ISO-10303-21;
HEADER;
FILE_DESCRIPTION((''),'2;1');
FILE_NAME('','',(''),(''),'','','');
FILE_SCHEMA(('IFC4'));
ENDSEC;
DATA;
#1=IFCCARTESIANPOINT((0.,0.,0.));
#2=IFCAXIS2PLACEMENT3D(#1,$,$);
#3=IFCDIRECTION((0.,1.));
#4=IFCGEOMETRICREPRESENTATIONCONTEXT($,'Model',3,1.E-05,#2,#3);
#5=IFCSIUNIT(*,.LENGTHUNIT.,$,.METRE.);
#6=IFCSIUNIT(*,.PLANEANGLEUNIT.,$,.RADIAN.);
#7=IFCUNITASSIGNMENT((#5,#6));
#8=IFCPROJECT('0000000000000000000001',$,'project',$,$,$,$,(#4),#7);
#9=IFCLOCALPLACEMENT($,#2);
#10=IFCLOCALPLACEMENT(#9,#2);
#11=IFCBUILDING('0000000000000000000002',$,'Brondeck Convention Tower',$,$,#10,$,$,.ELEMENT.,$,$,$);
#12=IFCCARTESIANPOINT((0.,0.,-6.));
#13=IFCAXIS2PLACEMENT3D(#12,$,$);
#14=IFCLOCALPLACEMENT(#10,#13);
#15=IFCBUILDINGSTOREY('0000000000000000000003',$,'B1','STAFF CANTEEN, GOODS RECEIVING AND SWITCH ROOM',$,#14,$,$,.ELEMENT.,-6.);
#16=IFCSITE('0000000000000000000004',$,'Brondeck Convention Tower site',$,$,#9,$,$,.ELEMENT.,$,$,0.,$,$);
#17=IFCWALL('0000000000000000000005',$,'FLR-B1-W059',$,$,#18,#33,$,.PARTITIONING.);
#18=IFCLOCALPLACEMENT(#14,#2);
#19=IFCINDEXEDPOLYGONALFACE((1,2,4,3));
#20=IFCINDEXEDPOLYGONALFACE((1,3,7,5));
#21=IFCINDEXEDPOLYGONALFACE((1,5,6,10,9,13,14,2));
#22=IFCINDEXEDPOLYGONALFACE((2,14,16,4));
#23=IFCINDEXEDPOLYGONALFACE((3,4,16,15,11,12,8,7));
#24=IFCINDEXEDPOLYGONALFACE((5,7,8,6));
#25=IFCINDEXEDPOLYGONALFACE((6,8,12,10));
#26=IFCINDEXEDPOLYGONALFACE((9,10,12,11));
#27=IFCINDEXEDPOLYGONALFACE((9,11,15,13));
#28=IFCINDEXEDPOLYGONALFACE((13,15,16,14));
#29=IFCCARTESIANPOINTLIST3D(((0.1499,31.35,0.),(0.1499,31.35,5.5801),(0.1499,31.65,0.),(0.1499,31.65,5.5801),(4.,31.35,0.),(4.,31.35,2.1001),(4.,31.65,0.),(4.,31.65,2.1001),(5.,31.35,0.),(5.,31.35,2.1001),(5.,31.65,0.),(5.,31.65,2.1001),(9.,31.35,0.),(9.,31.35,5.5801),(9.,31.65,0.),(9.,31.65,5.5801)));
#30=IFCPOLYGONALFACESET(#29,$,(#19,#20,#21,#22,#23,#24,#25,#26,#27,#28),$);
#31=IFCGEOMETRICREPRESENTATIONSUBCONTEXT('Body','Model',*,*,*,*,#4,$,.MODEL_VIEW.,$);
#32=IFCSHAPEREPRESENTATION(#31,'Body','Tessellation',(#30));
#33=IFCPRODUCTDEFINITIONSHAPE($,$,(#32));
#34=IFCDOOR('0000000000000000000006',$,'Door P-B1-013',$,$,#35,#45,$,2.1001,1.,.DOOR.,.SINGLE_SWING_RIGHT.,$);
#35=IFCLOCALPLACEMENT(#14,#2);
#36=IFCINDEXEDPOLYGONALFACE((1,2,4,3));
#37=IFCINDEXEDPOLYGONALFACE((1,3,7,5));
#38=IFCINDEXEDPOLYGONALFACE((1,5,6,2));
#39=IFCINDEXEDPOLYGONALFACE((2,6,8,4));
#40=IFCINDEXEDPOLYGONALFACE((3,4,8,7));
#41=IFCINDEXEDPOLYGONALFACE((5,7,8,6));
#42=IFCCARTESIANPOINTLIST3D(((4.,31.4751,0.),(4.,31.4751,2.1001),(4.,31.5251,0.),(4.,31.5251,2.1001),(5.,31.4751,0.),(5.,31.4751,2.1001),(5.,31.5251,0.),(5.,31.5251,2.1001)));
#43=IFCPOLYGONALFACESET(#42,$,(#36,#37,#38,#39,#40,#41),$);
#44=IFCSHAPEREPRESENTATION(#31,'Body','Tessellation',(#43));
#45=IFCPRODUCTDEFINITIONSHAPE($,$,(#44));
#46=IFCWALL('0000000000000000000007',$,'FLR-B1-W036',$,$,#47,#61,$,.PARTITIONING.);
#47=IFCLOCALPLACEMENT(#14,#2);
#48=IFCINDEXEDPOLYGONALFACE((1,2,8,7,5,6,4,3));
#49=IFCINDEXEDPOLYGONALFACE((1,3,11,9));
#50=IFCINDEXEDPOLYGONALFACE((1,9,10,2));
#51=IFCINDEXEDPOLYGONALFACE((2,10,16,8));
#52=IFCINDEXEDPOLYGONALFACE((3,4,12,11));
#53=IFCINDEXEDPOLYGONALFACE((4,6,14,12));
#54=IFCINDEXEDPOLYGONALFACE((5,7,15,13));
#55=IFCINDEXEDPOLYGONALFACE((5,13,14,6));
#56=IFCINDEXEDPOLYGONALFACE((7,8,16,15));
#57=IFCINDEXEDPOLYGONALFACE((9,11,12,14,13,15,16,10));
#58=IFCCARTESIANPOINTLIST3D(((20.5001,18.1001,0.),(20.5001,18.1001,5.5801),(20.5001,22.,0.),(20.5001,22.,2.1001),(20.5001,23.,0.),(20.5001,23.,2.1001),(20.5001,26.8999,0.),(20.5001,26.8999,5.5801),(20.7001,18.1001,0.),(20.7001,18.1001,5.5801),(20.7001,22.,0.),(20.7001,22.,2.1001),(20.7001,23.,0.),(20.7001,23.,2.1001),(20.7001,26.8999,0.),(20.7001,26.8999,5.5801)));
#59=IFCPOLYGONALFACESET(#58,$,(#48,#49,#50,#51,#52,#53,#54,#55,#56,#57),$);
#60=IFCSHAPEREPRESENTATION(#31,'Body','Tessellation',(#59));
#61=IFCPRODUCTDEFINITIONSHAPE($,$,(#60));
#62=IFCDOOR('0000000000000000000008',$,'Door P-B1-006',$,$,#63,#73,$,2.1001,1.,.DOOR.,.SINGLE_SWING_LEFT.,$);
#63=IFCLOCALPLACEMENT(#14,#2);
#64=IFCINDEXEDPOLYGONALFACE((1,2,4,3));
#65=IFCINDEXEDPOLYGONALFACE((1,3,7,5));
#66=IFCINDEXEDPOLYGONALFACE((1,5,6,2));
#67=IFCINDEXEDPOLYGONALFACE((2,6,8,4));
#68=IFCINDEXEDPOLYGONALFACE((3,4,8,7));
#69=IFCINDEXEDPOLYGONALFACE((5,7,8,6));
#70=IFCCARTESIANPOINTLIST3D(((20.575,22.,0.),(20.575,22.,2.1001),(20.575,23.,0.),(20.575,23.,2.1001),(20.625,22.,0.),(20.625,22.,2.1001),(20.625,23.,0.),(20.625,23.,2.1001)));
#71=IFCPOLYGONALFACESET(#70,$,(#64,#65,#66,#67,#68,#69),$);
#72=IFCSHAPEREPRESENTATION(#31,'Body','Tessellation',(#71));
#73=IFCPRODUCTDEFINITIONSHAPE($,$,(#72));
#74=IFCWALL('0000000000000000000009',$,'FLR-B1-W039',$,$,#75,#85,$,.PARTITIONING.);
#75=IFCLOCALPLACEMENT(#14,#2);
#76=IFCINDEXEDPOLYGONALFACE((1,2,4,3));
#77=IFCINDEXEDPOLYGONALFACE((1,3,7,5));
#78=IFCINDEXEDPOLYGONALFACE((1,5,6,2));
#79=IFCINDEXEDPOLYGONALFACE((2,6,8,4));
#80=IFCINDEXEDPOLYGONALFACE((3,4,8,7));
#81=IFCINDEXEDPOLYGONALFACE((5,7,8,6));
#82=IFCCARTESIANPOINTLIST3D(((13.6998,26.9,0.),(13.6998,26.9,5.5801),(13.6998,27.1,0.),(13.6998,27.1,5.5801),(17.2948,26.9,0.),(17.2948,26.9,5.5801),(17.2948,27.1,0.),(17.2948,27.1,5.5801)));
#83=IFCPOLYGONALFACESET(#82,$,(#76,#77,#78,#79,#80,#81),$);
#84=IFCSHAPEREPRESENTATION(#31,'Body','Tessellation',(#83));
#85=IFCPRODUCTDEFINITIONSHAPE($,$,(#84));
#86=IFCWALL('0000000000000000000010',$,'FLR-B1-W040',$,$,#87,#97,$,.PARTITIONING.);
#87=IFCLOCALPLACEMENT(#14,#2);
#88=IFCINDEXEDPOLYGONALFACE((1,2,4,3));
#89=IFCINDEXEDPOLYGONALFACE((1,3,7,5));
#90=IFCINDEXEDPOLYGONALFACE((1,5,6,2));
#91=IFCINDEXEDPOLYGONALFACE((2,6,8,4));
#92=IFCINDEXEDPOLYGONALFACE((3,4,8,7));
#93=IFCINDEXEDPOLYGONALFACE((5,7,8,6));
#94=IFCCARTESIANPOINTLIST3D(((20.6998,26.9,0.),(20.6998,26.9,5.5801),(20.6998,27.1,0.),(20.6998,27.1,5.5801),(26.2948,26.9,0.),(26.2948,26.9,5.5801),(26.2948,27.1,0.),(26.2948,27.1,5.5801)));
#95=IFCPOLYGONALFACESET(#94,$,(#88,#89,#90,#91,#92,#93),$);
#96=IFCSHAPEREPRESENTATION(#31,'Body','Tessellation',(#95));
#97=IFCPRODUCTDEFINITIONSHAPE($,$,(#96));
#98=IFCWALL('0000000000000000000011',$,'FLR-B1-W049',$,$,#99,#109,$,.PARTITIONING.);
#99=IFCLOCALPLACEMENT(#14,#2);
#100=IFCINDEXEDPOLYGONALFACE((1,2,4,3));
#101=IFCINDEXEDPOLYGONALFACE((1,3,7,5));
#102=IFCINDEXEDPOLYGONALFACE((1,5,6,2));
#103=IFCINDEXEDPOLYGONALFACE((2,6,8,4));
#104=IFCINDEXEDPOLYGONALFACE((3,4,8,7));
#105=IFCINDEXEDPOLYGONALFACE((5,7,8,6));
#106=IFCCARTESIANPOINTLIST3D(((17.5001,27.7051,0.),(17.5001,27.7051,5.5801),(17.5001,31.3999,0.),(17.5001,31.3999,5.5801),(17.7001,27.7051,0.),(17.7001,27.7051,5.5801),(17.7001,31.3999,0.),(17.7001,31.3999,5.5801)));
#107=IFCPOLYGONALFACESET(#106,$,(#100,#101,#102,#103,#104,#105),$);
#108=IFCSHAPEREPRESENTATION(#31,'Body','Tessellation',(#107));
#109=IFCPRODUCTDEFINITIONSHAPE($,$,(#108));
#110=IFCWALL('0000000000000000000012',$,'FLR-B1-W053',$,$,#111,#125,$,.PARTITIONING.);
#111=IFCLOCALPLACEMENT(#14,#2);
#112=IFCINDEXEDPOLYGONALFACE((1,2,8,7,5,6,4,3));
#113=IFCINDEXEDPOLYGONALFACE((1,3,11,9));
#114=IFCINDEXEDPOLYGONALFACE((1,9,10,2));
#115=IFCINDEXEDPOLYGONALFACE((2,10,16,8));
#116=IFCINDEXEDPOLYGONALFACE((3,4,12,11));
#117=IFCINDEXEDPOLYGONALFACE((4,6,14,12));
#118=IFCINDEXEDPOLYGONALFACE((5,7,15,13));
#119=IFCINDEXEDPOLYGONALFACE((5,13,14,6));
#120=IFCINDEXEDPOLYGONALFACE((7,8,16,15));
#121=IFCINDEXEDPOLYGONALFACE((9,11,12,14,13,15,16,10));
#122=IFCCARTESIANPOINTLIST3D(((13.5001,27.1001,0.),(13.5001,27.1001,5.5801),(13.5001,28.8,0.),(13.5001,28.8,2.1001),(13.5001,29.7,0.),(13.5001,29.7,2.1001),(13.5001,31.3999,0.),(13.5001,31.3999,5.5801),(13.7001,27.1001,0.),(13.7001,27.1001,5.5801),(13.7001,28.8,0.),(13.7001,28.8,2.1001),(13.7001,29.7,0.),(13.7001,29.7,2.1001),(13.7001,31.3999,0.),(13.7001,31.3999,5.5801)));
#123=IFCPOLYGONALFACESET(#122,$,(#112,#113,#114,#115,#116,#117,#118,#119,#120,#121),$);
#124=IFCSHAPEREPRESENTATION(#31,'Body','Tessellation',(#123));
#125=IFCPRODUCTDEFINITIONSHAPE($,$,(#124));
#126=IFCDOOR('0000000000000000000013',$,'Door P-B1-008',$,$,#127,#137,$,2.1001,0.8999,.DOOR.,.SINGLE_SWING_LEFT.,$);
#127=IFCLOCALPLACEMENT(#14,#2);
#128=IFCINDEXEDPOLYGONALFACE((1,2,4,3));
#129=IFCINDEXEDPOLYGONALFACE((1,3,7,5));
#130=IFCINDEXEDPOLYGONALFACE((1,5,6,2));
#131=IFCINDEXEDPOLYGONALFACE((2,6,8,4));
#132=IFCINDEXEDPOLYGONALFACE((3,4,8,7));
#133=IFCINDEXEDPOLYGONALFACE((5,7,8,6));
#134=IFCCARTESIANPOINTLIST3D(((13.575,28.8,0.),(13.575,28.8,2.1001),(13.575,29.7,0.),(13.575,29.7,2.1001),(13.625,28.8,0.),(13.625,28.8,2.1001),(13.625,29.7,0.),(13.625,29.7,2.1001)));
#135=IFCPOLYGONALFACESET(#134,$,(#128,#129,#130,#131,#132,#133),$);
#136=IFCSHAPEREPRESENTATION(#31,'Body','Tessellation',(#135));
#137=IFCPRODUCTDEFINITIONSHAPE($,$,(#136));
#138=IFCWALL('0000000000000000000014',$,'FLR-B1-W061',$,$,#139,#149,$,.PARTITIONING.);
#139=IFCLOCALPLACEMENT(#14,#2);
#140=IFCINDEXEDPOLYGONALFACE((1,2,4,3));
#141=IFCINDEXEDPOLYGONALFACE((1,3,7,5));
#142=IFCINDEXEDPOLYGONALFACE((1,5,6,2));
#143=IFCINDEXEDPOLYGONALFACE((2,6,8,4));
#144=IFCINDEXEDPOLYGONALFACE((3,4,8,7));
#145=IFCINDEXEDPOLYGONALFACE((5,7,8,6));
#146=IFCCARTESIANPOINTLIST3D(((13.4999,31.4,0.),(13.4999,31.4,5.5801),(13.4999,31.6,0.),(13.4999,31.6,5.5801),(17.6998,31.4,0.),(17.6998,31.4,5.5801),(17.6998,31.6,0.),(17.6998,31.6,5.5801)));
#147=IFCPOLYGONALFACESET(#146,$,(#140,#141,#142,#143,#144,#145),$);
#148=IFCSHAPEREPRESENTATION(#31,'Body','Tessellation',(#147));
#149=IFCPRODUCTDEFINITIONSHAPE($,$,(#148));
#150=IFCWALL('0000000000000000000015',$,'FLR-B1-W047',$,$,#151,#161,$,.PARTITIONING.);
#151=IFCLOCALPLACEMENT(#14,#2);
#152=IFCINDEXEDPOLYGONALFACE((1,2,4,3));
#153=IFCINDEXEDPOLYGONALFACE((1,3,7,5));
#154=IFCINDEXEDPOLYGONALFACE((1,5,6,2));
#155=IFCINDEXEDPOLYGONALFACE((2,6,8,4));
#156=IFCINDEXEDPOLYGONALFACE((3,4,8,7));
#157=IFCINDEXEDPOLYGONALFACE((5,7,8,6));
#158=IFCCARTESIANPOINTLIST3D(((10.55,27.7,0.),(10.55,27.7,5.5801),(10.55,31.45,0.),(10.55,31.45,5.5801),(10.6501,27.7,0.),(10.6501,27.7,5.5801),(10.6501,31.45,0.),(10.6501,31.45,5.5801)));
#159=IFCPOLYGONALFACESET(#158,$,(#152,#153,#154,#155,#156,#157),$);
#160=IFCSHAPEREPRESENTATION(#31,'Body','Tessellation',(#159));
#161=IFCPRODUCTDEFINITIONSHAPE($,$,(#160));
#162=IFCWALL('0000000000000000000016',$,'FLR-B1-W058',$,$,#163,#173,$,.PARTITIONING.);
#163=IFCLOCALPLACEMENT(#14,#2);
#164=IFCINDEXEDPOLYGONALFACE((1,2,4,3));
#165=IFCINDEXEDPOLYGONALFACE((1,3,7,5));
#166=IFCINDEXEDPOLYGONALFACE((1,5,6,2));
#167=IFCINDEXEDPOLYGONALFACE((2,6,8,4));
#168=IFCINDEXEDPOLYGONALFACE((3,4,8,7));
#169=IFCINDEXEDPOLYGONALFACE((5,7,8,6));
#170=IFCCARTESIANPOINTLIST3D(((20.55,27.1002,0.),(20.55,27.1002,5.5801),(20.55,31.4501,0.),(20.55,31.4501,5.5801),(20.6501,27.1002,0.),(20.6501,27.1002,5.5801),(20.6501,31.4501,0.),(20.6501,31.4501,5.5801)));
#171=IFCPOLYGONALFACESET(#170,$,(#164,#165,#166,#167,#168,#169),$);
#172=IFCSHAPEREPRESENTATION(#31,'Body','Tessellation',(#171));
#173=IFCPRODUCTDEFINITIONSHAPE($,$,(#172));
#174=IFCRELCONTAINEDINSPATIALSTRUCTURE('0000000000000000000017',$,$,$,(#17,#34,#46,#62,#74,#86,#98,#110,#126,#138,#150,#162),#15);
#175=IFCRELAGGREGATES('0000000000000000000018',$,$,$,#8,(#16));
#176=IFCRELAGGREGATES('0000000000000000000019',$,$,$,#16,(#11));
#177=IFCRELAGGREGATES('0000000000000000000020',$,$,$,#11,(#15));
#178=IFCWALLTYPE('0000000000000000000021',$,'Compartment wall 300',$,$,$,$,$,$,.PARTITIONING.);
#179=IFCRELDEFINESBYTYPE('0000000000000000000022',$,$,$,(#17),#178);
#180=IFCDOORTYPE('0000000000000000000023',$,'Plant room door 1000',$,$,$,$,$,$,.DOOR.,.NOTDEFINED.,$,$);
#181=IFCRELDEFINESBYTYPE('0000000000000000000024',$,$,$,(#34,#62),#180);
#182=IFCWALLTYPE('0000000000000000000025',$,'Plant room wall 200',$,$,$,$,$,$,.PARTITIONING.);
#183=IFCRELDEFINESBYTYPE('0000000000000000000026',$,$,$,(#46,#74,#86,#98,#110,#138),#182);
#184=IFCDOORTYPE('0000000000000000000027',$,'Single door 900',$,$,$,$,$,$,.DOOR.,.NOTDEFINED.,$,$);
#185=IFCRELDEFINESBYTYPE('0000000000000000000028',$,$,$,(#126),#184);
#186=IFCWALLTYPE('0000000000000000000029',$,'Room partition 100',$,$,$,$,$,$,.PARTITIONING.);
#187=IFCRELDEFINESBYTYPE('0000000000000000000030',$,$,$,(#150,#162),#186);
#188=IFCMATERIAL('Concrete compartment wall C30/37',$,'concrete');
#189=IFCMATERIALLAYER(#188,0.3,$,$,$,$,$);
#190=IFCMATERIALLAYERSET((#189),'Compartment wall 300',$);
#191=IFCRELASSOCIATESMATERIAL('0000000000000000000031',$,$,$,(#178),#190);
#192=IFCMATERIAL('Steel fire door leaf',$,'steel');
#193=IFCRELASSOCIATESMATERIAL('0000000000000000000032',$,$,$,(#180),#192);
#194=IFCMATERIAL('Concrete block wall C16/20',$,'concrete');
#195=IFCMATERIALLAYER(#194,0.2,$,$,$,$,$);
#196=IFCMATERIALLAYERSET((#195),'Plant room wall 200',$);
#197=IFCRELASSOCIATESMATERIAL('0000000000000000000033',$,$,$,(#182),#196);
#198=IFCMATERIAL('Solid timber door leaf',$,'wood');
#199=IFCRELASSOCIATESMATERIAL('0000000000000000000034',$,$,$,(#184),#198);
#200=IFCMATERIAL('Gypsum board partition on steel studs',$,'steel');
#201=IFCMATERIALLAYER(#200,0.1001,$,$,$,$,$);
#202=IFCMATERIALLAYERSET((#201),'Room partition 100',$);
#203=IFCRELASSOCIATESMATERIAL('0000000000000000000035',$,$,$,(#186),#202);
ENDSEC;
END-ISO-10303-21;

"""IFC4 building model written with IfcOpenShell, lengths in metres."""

from ifc_helpers import new_model, si_unit, direction, frame, frame_2d, origin, place, context, subcontext, project, spatial, rectangle, extrude, material, layer, layer_set, type_object, element, fill, save


model = new_model("IFC4")

# Units and contexts
model_context = context("Model", 3, precision=1e-05, world=origin(), true_north=direction((0.0, 1.0)))
body_context = subcontext(model_context, "Body", "Model", "MODEL_VIEW")
ifc_project = project(units=[si_unit("LENGTHUNIT", "METRE"), si_unit("PLANEANGLEUNIT", "RADIAN")], contexts=[model_context])

# Site, building, storey
site_placement = place(None, origin())
site = spatial("IfcSite", under=ifc_project, at=site_placement, Name="Brondeck Convention Tower site", CompositionType="ELEMENT", RefElevation=0.0)
building_placement = place(site_placement, origin())
building = spatial("IfcBuilding", under=site, at=building_placement, Name="Brondeck Convention Tower", CompositionType="ELEMENT")
storey_placement = place(building_placement, frame((0.0, 0.0, -6.0)))
storey = spatial("IfcBuildingStorey", under=building, at=storey_placement, Name="B1", Description="STAFF CANTEEN, GOODS RECEIVING AND SWITCH ROOM", CompositionType="ELEMENT", Elevation=-6.0)

# Shared definitions
ifc_material_1 = material(Name="Concrete compartment wall C30/37", Category="concrete")
ifc_layer_1 = layer(ifc_material_1, 0.3)
ifc_layer_set_1 = layer_set([ifc_layer_1], Name="Compartment wall 300")
wall_type_1 = type_object("IfcWallType", Name="Compartment wall 300", PredefinedType="PARTITIONING", material=ifc_layer_set_1)

# Walls, openings, doors
wall_1_placement = place(storey_placement, frame((9.0, 31.5, 0.0), z_axis=(0.0, 0.0, 1.0), x_axis=(-1.0, 0.0, 0.0)))
wall_1 = element("IfcWall", 1, at=wall_1_placement, inside=storey, type_object=wall_type_1, Name="FLR-B1-W059", PredefinedType="PARTITIONING", context=body_context, shape_type="SweptSolid", body=[
    extrude(rectangle(XDim=8.8501, YDim=0.3, at=frame_2d((4.425, 0.0))), origin(), (0.0, 0.0, 1.0), 5.5801),
])
opening_1_placement = place(wall_1_placement, frame((4.0, 0.0, 0.0)))
opening_1 = element("IfcOpeningElement", 2, at=opening_1_placement, cuts=wall_1, PredefinedType="OPENING", context=body_context, shape_type="SweptSolid", body=[
    extrude(rectangle(XDim=1.0, YDim=2.1001, at=frame_2d((0.5, 1.05))), frame((0.0, 0.1599, 0.0), z_axis=(0.0, -1.0, 0.0), x_axis=(1.0, 0.0, 0.0)), (0.0, 0.0, 1.0), 0.3201),
])
ifc_material_2 = material(Name="Steel fire door leaf", Category="steel")
door_type_1 = type_object("IfcDoorType", Name="Plant room door 1000", OperationType="NOTDEFINED", PredefinedType="DOOR", material=ifc_material_2)
door_1_placement = place(opening_1_placement, origin())
door_1 = element("IfcDoor", 3, at=door_1_placement, inside=storey, type_object=door_type_1, Name="Door P-B1-013", OperationType="SINGLE_SWING_RIGHT", OverallHeight=2.1001, OverallWidth=1.0, PredefinedType="DOOR", context=body_context, shape_type="SweptSolid", body=[
    extrude(rectangle(XDim=1.0, YDim=2.1001, at=frame_2d((0.5, 1.05))), frame((0.0, 0.0249, 0.0), z_axis=(0.0, -1.0, 0.0), x_axis=(1.0, 0.0, 0.0)), (0.0, 0.0, 1.0), 0.05),
])
fill(opening_1, door_1)
ifc_material_3 = material(Name="Concrete block wall C16/20", Category="concrete")
ifc_layer_2 = layer(ifc_material_3, 0.2)
ifc_layer_set_2 = layer_set([ifc_layer_2], Name="Plant room wall 200")
wall_type_2 = type_object("IfcWallType", Name="Plant room wall 200", PredefinedType="PARTITIONING", material=ifc_layer_set_2)
wall_2_placement = place(storey_placement, frame((20.6001, 26.8999, 0.0), z_axis=(0.0, 0.0, 1.0), x_axis=(0.0, -1.0, 0.0)))
wall_2 = element("IfcWall", 4, at=wall_2_placement, inside=storey, type_object=wall_type_2, Name="FLR-B1-W036", PredefinedType="PARTITIONING", context=body_context, shape_type="SweptSolid", body=[
    extrude(rectangle(XDim=8.7998, YDim=0.2, at=frame_2d((4.3999, 0.0))), origin(), (0.0, 0.0, 1.0), 5.5801),
])
opening_2_placement = place(wall_2_placement, frame((3.8999, 0.0, 0.0)))
opening_2 = element("IfcOpeningElement", 5, at=opening_2_placement, cuts=wall_2, PredefinedType="OPENING", context=body_context, shape_type="SweptSolid", body=[
    extrude(rectangle(XDim=1.0, YDim=2.1001, at=frame_2d((0.5, 1.05))), frame((0.0, 0.1099, 0.0), z_axis=(0.0, -1.0, 0.0), x_axis=(1.0, 0.0, 0.0)), (0.0, 0.0, 1.0), 0.22),
])
door_2_placement = place(opening_2_placement, origin())
door_2 = element("IfcDoor", 6, at=door_2_placement, inside=storey, type_object=door_type_1, Name="Door P-B1-006", OperationType="SINGLE_SWING_LEFT", OverallHeight=2.1001, OverallWidth=1.0, PredefinedType="DOOR", context=body_context, shape_type="SweptSolid", body=[
    extrude(rectangle(XDim=1.0, YDim=2.1001, at=frame_2d((0.5, 1.05))), frame((0.0, 0.0249, 0.0), z_axis=(0.0, -1.0, 0.0), x_axis=(1.0, 0.0, 0.0)), (0.0, 0.0, 1.0), 0.05),
])
fill(opening_2, door_2)

# Walls
wall_3_placement = place(storey_placement, frame((13.7, 27.0, 0.0), z_axis=(0.0, 0.0, 1.0), x_axis=(1.0, 0.0, 0.0)))
element("IfcWall", 7, at=wall_3_placement, inside=storey, type_object=wall_type_2, Name="FLR-B1-W039", PredefinedType="PARTITIONING", context=body_context, shape_type="SweptSolid", body=[
    extrude(rectangle(XDim=3.595, YDim=0.2, at=frame_2d((1.7974, 0.0))), origin(), (0.0, 0.0, 1.0), 5.5801),
])
wall_4_placement = place(storey_placement, frame((20.7, 27.0, 0.0), z_axis=(0.0, 0.0, 1.0), x_axis=(1.0, 0.0, 0.0)))
element("IfcWall", 8, at=wall_4_placement, inside=storey, type_object=wall_type_2, Name="FLR-B1-W040", PredefinedType="PARTITIONING", context=body_context, shape_type="SweptSolid", body=[
    extrude(rectangle(XDim=5.595, YDim=0.2, at=frame_2d((2.7974, 0.0))), origin(), (0.0, 0.0, 1.0), 5.5801),
])
wall_5_placement = place(storey_placement, frame((17.6001, 27.7051, 0.0), z_axis=(0.0, 0.0, 1.0), x_axis=(0.0, 1.0, 0.0)))
element("IfcWall", 9, at=wall_5_placement, inside=storey, type_object=wall_type_2, Name="FLR-B1-W049", PredefinedType="PARTITIONING", context=body_context, shape_type="SweptSolid", body=[
    extrude(rectangle(XDim=3.6948, YDim=0.2, at=frame_2d((1.8474, 0.0))), origin(), (0.0, 0.0, 1.0), 5.5801),
])

# Wall, opening, door
wall_6_placement = place(storey_placement, frame((13.6001, 31.3999, 0.0), z_axis=(0.0, 0.0, 1.0), x_axis=(0.0, -1.0, 0.0)))
wall_6 = element("IfcWall", 10, at=wall_6_placement, inside=storey, type_object=wall_type_2, Name="FLR-B1-W053", PredefinedType="PARTITIONING", context=body_context, shape_type="SweptSolid", body=[
    extrude(rectangle(XDim=4.2998, YDim=0.2, at=frame_2d((2.1499, 0.0))), origin(), (0.0, 0.0, 1.0), 5.5801),
])
opening_3_placement = place(wall_6_placement, frame((1.7, 0.0, 0.0)))
opening_3 = element("IfcOpeningElement", 11, at=opening_3_placement, cuts=wall_6, PredefinedType="OPENING", context=body_context, shape_type="SweptSolid", body=[
    extrude(rectangle(XDim=0.8999, YDim=2.1001, at=frame_2d((0.45, 1.05))), frame((0.0, 0.1099, 0.0), z_axis=(0.0, -1.0, 0.0), x_axis=(1.0, 0.0, 0.0)), (0.0, 0.0, 1.0), 0.22),
])
ifc_material_4 = material(Name="Solid timber door leaf", Category="wood")
door_type_2 = type_object("IfcDoorType", Name="Single door 900", OperationType="NOTDEFINED", PredefinedType="DOOR", material=ifc_material_4)
door_3_placement = place(opening_3_placement, origin())
door_3 = element("IfcDoor", 12, at=door_3_placement, inside=storey, type_object=door_type_2, Name="Door P-B1-008", OperationType="SINGLE_SWING_LEFT", OverallHeight=2.1001, OverallWidth=0.8999, PredefinedType="DOOR", context=body_context, shape_type="SweptSolid", body=[
    extrude(rectangle(XDim=0.8999, YDim=2.1001, at=frame_2d((0.45, 1.05))), frame((0.0, 0.0249, 0.0), z_axis=(0.0, -1.0, 0.0), x_axis=(1.0, 0.0, 0.0)), (0.0, 0.0, 1.0), 0.05),
])
fill(opening_3, door_3)

# Walls
wall_7_placement = place(storey_placement, frame((17.7, 31.5, 0.0), z_axis=(0.0, 0.0, 1.0), x_axis=(-1.0, 0.0, 0.0)))
element("IfcWall", 13, at=wall_7_placement, inside=storey, type_object=wall_type_2, Name="FLR-B1-W061", PredefinedType="PARTITIONING", context=body_context, shape_type="SweptSolid", body=[
    extrude(rectangle(XDim=4.2, YDim=0.2, at=frame_2d((2.1001, 0.0))), origin(), (0.0, 0.0, 1.0), 5.5801),
])
ifc_material_5 = material(Name="Gypsum board partition on steel studs", Category="steel")
ifc_layer_3 = layer(ifc_material_5, 0.1001)
ifc_layer_set_3 = layer_set([ifc_layer_3], Name="Room partition 100")
wall_type_3 = type_object("IfcWallType", Name="Room partition 100", PredefinedType="PARTITIONING", material=ifc_layer_set_3)
wall_8_placement = place(storey_placement, frame((10.6001, 27.7, 0.0), z_axis=(0.0, 0.0, 1.0), x_axis=(0.0, 1.0, 0.0)))
element("IfcWall", 14, at=wall_8_placement, inside=storey, type_object=wall_type_3, Name="FLR-B1-W047", PredefinedType="PARTITIONING", context=body_context, shape_type="SweptSolid", body=[
    extrude(rectangle(XDim=3.75, YDim=0.1001, at=frame_2d((1.875, 0.0))), origin(), (0.0, 0.0, 1.0), 5.5801),
])
wall_9_placement = place(storey_placement, frame((20.6001, 31.45, 0.0), z_axis=(0.0, 0.0, 1.0), x_axis=(0.0, -1.0, 0.0)))
element("IfcWall", 15, at=wall_9_placement, inside=storey, type_object=wall_type_3, Name="FLR-B1-W058", PredefinedType="PARTITIONING", context=body_context, shape_type="SweptSolid", body=[
    extrude(rectangle(XDim=4.3499, YDim=0.1001, at=frame_2d((2.1748, 0.0))), origin(), (0.0, 0.0, 1.0), 5.5801),
])

save(model, "model.ifc")
